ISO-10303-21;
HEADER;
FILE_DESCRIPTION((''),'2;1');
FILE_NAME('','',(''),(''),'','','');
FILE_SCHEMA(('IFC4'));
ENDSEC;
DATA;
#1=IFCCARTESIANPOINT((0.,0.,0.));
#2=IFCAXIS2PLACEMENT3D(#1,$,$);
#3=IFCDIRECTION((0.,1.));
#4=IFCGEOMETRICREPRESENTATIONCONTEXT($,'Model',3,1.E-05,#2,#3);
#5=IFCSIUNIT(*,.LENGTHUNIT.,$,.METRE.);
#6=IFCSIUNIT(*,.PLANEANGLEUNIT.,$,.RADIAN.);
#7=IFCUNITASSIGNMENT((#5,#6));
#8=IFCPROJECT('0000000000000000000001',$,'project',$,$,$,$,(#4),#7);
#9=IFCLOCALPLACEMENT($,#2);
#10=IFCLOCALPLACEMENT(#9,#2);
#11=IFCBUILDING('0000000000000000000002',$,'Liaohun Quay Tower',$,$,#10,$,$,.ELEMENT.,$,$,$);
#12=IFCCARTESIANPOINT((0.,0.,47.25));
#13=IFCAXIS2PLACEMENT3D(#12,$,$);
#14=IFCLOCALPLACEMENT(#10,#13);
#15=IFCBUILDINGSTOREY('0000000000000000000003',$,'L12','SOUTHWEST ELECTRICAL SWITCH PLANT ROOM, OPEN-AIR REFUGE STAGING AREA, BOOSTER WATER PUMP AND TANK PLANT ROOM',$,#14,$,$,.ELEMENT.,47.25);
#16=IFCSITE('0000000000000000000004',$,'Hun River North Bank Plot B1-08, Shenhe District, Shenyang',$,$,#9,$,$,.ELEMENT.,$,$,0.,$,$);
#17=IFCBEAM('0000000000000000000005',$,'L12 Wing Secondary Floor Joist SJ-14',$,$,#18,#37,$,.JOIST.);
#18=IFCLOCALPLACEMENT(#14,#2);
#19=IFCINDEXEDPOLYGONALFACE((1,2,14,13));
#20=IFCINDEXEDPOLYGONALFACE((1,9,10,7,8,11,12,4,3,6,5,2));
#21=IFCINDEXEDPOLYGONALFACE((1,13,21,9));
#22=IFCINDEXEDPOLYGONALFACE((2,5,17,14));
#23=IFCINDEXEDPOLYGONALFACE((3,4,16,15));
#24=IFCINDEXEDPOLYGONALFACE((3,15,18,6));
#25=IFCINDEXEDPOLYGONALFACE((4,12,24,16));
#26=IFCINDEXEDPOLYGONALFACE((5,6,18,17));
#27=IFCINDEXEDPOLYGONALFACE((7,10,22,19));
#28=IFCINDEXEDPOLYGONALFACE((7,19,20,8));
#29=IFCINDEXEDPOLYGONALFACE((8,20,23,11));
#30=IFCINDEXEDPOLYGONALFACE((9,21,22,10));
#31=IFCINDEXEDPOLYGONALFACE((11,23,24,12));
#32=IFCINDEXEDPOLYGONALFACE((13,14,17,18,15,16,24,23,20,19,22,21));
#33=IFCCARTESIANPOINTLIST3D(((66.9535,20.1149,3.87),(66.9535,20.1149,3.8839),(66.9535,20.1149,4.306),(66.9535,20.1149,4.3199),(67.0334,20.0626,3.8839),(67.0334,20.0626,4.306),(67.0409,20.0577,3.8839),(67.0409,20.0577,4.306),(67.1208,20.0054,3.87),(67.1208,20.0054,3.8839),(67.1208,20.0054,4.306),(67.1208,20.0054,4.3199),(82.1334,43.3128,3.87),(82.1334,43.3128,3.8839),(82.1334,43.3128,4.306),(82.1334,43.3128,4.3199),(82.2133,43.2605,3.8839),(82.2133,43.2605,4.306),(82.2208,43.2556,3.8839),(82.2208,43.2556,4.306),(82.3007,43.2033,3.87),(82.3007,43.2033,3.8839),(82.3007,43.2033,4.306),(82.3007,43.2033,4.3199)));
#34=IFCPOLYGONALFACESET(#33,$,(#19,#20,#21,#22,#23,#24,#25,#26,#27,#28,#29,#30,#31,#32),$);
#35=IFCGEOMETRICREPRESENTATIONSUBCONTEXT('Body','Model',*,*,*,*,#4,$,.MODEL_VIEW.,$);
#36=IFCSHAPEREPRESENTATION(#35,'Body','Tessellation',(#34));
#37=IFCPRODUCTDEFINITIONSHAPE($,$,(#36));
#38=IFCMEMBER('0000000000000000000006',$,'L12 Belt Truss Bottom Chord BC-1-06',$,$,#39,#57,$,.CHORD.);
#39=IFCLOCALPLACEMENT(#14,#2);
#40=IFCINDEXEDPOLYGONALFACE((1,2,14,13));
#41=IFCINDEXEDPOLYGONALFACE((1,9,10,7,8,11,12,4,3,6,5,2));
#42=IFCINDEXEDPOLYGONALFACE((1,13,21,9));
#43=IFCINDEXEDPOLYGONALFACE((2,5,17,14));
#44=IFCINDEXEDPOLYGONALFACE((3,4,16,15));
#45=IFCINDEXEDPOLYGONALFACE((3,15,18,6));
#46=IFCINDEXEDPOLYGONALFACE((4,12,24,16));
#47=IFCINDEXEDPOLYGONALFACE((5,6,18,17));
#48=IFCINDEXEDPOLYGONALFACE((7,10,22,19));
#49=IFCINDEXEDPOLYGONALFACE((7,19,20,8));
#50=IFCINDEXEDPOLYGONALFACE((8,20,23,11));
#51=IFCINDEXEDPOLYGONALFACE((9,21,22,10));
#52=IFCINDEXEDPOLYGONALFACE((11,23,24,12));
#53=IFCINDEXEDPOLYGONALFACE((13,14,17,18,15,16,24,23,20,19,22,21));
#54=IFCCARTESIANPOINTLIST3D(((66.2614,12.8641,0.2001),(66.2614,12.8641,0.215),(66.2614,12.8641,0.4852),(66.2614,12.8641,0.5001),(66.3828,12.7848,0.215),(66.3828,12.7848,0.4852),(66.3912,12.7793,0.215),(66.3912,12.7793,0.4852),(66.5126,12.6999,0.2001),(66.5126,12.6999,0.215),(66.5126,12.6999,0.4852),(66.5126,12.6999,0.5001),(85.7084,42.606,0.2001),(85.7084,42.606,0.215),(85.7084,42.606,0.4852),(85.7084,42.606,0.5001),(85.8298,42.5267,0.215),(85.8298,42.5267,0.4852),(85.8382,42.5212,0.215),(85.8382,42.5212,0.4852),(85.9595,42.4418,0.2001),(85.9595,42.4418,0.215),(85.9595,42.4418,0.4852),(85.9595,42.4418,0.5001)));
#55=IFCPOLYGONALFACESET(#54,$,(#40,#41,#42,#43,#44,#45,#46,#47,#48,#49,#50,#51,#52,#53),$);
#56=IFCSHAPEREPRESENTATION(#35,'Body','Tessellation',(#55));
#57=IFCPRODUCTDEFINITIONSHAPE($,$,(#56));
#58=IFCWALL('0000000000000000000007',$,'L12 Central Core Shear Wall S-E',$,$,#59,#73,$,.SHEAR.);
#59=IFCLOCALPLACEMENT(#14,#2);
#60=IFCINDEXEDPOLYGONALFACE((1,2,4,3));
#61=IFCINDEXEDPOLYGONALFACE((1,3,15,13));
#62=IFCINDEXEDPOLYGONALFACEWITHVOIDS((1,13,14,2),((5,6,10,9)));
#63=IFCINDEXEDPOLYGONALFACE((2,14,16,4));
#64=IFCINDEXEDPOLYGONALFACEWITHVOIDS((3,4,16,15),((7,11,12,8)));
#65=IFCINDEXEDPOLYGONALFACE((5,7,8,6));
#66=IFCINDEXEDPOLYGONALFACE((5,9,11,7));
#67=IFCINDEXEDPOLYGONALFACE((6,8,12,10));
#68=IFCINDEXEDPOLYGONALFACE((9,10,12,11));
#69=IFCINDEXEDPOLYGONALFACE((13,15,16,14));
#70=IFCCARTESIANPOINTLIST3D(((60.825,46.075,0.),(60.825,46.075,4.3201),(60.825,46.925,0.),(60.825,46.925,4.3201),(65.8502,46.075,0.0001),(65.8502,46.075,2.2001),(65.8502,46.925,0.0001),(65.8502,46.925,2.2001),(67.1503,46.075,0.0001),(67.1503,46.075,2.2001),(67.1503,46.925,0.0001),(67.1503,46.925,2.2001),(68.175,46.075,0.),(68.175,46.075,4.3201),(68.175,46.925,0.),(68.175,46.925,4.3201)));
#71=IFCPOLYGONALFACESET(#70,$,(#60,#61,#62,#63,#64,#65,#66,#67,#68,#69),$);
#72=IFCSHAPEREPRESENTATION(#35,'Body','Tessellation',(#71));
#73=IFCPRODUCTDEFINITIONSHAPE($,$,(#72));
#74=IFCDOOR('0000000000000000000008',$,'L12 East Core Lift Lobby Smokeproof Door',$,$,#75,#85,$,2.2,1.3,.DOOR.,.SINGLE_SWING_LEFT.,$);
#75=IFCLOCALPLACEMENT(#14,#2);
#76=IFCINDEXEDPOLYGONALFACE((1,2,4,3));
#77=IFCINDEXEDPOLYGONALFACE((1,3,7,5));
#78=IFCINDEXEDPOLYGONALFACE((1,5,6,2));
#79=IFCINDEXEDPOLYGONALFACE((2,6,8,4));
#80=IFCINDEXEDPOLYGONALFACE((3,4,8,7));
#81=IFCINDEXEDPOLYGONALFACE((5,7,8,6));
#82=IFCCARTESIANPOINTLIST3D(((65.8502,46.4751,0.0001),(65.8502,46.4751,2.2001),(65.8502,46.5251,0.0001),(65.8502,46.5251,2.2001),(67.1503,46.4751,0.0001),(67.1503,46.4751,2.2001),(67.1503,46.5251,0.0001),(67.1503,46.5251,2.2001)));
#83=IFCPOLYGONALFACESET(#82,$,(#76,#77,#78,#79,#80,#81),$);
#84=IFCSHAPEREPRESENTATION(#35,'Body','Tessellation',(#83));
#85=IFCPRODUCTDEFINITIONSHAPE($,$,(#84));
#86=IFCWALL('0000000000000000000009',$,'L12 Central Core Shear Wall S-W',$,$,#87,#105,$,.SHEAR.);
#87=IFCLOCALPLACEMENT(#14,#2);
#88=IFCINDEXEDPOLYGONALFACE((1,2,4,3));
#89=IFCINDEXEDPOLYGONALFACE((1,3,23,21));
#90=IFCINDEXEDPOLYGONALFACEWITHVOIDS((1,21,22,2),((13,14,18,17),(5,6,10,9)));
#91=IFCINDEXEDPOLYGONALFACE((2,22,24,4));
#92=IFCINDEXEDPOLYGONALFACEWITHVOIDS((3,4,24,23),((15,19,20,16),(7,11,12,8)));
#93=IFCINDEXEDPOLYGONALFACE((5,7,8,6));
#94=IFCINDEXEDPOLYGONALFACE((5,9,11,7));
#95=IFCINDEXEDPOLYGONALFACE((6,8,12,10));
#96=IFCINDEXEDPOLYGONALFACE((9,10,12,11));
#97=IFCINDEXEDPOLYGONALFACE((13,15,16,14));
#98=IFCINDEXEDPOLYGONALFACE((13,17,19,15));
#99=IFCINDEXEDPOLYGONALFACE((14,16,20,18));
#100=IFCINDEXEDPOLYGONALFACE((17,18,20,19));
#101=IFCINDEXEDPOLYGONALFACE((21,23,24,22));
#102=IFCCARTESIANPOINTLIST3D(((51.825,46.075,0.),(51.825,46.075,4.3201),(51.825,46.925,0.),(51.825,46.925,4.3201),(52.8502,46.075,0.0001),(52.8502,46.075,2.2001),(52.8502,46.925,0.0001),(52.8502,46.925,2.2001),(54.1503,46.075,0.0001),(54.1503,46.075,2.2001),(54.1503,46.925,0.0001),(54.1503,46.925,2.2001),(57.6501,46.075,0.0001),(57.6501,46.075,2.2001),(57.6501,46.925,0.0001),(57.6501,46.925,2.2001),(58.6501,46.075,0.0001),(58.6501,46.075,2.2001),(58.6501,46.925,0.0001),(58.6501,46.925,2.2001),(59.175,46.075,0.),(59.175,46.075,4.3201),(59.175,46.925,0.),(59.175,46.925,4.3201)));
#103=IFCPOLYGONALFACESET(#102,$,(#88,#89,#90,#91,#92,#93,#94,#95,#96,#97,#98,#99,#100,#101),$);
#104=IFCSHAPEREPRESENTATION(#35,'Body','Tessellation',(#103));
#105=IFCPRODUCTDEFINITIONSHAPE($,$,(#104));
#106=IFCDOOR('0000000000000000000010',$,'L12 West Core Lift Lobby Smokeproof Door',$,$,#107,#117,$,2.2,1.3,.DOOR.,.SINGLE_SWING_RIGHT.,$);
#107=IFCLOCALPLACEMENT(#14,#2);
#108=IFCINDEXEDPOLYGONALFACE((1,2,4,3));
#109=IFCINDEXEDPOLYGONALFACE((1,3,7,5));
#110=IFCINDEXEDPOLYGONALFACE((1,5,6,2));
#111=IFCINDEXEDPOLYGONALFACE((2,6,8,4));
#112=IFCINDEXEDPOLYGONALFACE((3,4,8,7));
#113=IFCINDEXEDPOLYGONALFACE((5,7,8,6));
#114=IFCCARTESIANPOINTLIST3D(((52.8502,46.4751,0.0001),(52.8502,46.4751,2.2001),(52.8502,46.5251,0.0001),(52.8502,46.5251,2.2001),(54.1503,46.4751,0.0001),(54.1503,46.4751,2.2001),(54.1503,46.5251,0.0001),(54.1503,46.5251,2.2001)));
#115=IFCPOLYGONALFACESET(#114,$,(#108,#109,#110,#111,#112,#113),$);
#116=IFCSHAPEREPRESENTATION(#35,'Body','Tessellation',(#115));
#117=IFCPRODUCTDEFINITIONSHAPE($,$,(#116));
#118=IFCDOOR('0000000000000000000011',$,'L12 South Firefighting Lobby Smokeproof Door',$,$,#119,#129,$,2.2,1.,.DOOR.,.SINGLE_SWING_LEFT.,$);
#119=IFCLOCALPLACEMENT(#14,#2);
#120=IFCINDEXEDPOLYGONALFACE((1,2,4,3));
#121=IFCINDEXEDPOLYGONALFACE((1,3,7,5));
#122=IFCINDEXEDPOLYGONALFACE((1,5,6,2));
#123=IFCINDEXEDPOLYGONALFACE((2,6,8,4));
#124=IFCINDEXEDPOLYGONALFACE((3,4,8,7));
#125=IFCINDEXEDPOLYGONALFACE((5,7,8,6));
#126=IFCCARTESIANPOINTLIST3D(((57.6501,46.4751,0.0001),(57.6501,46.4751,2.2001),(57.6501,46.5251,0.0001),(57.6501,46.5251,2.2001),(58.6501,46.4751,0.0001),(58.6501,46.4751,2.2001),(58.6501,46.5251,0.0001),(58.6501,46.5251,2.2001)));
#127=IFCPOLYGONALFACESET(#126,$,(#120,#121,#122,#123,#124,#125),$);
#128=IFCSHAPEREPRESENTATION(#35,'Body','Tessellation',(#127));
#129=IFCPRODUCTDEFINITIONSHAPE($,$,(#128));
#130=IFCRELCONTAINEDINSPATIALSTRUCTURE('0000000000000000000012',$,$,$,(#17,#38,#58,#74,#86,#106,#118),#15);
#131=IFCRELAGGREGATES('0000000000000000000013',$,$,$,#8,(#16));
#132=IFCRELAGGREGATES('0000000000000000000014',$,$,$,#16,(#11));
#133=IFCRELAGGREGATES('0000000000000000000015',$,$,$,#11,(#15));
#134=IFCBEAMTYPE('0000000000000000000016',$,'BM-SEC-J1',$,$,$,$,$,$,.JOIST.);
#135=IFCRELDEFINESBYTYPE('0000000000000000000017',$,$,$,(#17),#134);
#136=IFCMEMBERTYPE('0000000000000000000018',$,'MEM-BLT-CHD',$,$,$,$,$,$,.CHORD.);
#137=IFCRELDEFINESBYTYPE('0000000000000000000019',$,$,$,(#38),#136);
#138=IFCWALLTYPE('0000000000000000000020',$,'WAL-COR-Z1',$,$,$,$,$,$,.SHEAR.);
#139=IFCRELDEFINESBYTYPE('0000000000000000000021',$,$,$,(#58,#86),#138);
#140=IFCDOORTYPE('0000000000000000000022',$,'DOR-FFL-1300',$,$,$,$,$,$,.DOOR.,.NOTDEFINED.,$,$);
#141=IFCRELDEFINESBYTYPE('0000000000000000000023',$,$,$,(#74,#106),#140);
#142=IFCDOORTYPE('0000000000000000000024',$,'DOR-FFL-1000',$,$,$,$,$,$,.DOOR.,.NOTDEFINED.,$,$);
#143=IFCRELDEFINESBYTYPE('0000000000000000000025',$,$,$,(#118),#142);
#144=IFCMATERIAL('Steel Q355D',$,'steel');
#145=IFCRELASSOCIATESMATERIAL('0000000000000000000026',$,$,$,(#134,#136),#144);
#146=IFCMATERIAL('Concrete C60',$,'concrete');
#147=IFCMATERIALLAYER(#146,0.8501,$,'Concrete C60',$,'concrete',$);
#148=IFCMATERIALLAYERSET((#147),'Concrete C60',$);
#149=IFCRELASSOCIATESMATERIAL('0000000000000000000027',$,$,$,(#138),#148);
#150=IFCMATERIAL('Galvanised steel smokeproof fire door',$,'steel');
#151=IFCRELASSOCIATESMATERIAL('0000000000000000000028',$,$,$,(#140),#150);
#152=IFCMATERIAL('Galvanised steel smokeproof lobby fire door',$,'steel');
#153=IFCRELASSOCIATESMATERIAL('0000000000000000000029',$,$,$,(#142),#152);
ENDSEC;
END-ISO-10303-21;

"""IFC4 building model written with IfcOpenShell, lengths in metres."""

from ifc_helpers import new_model, si_unit, direction, frame, frame_2d, origin, origin_2d, place, context, subcontext, project, spatial, rectangle, i_section, extrude, source, transform, mapped, material, layer, layer_set, material_profile, profile_set, type_object, element, fill, save


model = new_model("IFC4")

# Units and contexts
model_context = context("Model", 3, precision=1e-05, world=origin(), true_north=direction((0.0, 1.0)))
body_context = subcontext(model_context, "Body", "Model", "MODEL_VIEW")
ifc_project = project(units=[si_unit("LENGTHUNIT", "METRE"), si_unit("PLANEANGLEUNIT", "RADIAN")], contexts=[model_context])

# Site, building, storey
site_placement = place(None, origin())
site = spatial("IfcSite", under=ifc_project, at=site_placement, Name="Hun River North Bank Plot B1-08, Shenhe District, Shenyang", CompositionType="ELEMENT", RefElevation=0.0)
building_placement = place(site_placement, origin())
building = spatial("IfcBuilding", under=site, at=building_placement, Name="Liaohun Quay Tower", CompositionType="ELEMENT")
storey_placement = place(building_placement, frame((0.0, 0.0, 47.25)))
storey = spatial("IfcBuildingStorey", under=building, at=storey_placement, Name="L12", Description="SOUTHWEST ELECTRICAL SWITCH PLANT ROOM, OPEN-AIR REFUGE STAGING AREA, BOOSTER WATER PUMP AND TANK PLANT ROOM", CompositionType="ELEMENT", Elevation=47.25)

# Shared definitions
ifc_material_1 = material(Name="Concrete C60", Category="concrete")

# Beam
ifc_material_2 = material(Name="Steel Q355D", Category="steel")
ifc_material_profile_1 = material_profile(ifc_material_2, i_section(OverallWidth=0.2, OverallDepth=0.45, WebThickness=0.009, FlangeThickness=0.0139, at=origin_2d()), Name="HN450x200x9x14")
ifc_profile_set_1 = profile_set([ifc_material_profile_1], Name="Steel Q355D")
beam_type_1 = type_object("IfcBeamType", Name="BM-SEC-J1", PredefinedType="JOIST", material=ifc_profile_set_1)
shared_shape_1 = source(origin(), body_context, "Body", "SweptSolid", [
    extrude(i_section(OverallWidth=0.2, OverallDepth=0.45, WebThickness=0.009, FlangeThickness=0.0139, at=origin_2d()), origin(), (0.0, 0.0, 1.0), 27.7231),
])
beam_1_placement = place(storey_placement, frame((82.217, 43.2581, 4.095), z_axis=(-0.547553, -0.836771, 0.0), x_axis=(0.836771, -0.547553, 0.0)))
element("IfcBeam", 1, at=beam_1_placement, inside=storey, type_object=beam_type_1, Name="L12 Wing Secondary Floor Joist SJ-14", PredefinedType="JOIST", context=body_context, shape_type="MappedRepresentation", body=[
    mapped(shared_shape_1, transform((0.0, 0.0, 0.0), x_axis=(1.0, 0.0, 0.0), y_axis=(0.0, 1.0, 0.0), z_axis=(0.0, 0.0, 1.0), scale=1.0)),
])

# Member
ifc_material_profile_2 = material_profile(ifc_material_2, i_section(OverallWidth=0.3, OverallDepth=0.3, WebThickness=0.01, FlangeThickness=0.0149, at=origin_2d()), Name="HW300x300x10x15")
ifc_profile_set_2 = profile_set([ifc_material_profile_2], Name="Steel Q355D")
member_type = type_object("IfcMemberType", Name="MEM-BLT-CHD", PredefinedType="CHORD", material=ifc_profile_set_2)
shared_shape_2 = source(origin(), body_context, "Body", "SweptSolid", [
    extrude(i_section(OverallWidth=0.3, OverallDepth=0.3, WebThickness=0.01, FlangeThickness=0.0149, at=origin_2d()), origin(), (0.0, 0.0, 1.0), 35.5354),
])
member_placement = place(storey_placement, frame((85.834, 42.5239, 0.3501), z_axis=(-0.547257, -0.836965, 0.0), x_axis=(0.836965, -0.547257, 0.0)))
element("IfcMember", 2, at=member_placement, inside=storey, type_object=member_type, Name="L12 Belt Truss Bottom Chord BC-1-06", PredefinedType="CHORD", context=body_context, shape_type="MappedRepresentation", body=[
    mapped(shared_shape_2, transform((0.0, 0.0, 0.0), x_axis=(1.0, 0.0, 0.0), y_axis=(0.0, 1.0, 0.0), z_axis=(0.0, 0.0, 1.0), scale=1.0)),
])

# Wall, opening, door
ifc_layer_1 = layer(ifc_material_1, 0.8501, Name="Concrete C60", Category="concrete")
ifc_layer_set_1 = layer_set([ifc_layer_1], Name="Concrete C60")
wall_type_1 = type_object("IfcWallType", Name="WAL-COR-Z1", PredefinedType="SHEAR", material=ifc_layer_set_1)
wall_1_placement = place(storey_placement, frame((68.175, 46.5, 0.0), z_axis=(0.0, 0.0, 1.0), x_axis=(-1.0, 0.0, 0.0)))
wall_1 = element("IfcWall", 3, at=wall_1_placement, inside=storey, type_object=wall_type_1, Name="L12 Central Core Shear Wall S-E", PredefinedType="SHEAR", context=body_context, shape_type="SweptSolid", body=[
    extrude(rectangle(XDim=7.3501, YDim=0.8501, at=frame_2d((3.675, 0.0))), origin(), (0.0, 0.0, 1.0), 4.3201),
])
shared_shape_3 = source(origin(), body_context, "Body", "SweptSolid", [
    extrude(rectangle(XDim=1.3, YDim=2.2, at=frame_2d((0.6499, 1.1001))), frame((0.0, 0.4351, 0.0), z_axis=(0.0, -1.0, 0.0), x_axis=(1.0, 0.0, 0.0)), (0.0, 0.0, 1.0), 0.8701),
])
opening_1_placement = place(wall_1_placement, frame((1.0249, 0.0, 0.0)))
opening_1 = element("IfcOpeningElement", 4, at=opening_1_placement, cuts=wall_1, PredefinedType="OPENING", context=body_context, shape_type="MappedRepresentation", body=[
    mapped(shared_shape_3, transform((0.0, 0.0, 0.0), x_axis=(1.0, 0.0, 0.0), y_axis=(0.0, 1.0, 0.0), z_axis=(0.0, 0.0, 1.0), scale=1.0)),
])
ifc_material_3 = material(Name="Galvanised steel smokeproof fire door", Category="steel")
door_type_1 = type_object("IfcDoorType", Name="DOR-FFL-1300", OperationType="NOTDEFINED", PredefinedType="DOOR", material=ifc_material_3)
shared_shape_4 = source(origin(), body_context, "Body", "SweptSolid", [
    extrude(rectangle(XDim=1.3, YDim=2.2, at=frame_2d((0.6499, 1.1001))), frame((0.0, 0.0249, 0.0), z_axis=(0.0, -1.0, 0.0), x_axis=(1.0, 0.0, 0.0)), (0.0, 0.0, 1.0), 0.05),
])
door_1_placement = place(opening_1_placement, origin())
door_1 = element("IfcDoor", 5, at=door_1_placement, inside=storey, type_object=door_type_1, Name="L12 East Core Lift Lobby Smokeproof Door", OperationType="SINGLE_SWING_LEFT", OverallHeight=2.2, OverallWidth=1.3, PredefinedType="DOOR", context=body_context, shape_type="MappedRepresentation", body=[
    mapped(shared_shape_4, transform((0.0, 0.0, 0.0), x_axis=(1.0, 0.0, 0.0), y_axis=(0.0, 1.0, 0.0), z_axis=(0.0, 0.0, 1.0), scale=1.0)),
])
fill(opening_1, door_1)

# Wall, openings, doors
wall_2_placement = place(storey_placement, frame((59.175, 46.5, 0.0), z_axis=(0.0, 0.0, 1.0), x_axis=(-1.0, 0.0, 0.0)))
wall_2 = element("IfcWall", 6, at=wall_2_placement, inside=storey, type_object=wall_type_1, Name="L12 Central Core Shear Wall S-W", PredefinedType="SHEAR", context=body_context, shape_type="SweptSolid", body=[
    extrude(rectangle(XDim=7.3501, YDim=0.8501, at=frame_2d((3.675, 0.0))), origin(), (0.0, 0.0, 1.0), 4.3201),
])
opening_2_placement = place(wall_2_placement, frame((5.0249, 0.0, 0.0)))
opening_2 = element("IfcOpeningElement", 7, at=opening_2_placement, cuts=wall_2, PredefinedType="OPENING", context=body_context, shape_type="MappedRepresentation", body=[
    mapped(shared_shape_3, transform((0.0, 0.0, 0.0), x_axis=(1.0, 0.0, 0.0), y_axis=(0.0, 1.0, 0.0), z_axis=(0.0, 0.0, 1.0), scale=1.0)),
])
shared_shape_5 = source(origin(), body_context, "Body", "SweptSolid", [
    extrude(rectangle(XDim=1.0, YDim=2.2, at=frame_2d((0.5, 1.1001))), frame((0.0, 0.4351, 0.0), z_axis=(0.0, -1.0, 0.0), x_axis=(1.0, 0.0, 0.0)), (0.0, 0.0, 1.0), 0.8701),
])
opening_3_placement = place(wall_2_placement, frame((0.5249, 0.0, 0.0)))
opening_3 = element("IfcOpeningElement", 8, at=opening_3_placement, cuts=wall_2, PredefinedType="OPENING", context=body_context, shape_type="MappedRepresentation", body=[
    mapped(shared_shape_5, transform((0.0, 0.0, 0.0), x_axis=(1.0, 0.0, 0.0), y_axis=(0.0, 1.0, 0.0), z_axis=(0.0, 0.0, 1.0), scale=1.0)),
])
door_2_placement = place(opening_2_placement, origin())
door_2 = element("IfcDoor", 9, at=door_2_placement, inside=storey, type_object=door_type_1, Name="L12 West Core Lift Lobby Smokeproof Door", OperationType="SINGLE_SWING_RIGHT", OverallHeight=2.2, OverallWidth=1.3, PredefinedType="DOOR", context=body_context, shape_type="MappedRepresentation", body=[
    mapped(shared_shape_4, transform((0.0, 0.0, 0.0), x_axis=(1.0, 0.0, 0.0), y_axis=(0.0, 1.0, 0.0), z_axis=(0.0, 0.0, 1.0), scale=1.0)),
])
fill(opening_2, door_2)
ifc_material_4 = material(Name="Galvanised steel smokeproof lobby fire door", Category="steel")
door_type_2 = type_object("IfcDoorType", Name="DOR-FFL-1000", OperationType="NOTDEFINED", PredefinedType="DOOR", material=ifc_material_4)
shared_shape_6 = source(origin(), body_context, "Body", "SweptSolid", [
    extrude(rectangle(XDim=1.0, YDim=2.2, at=frame_2d((0.5, 1.1001))), frame((0.0, 0.0249, 0.0), z_axis=(0.0, -1.0, 0.0), x_axis=(1.0, 0.0, 0.0)), (0.0, 0.0, 1.0), 0.05),
])
door_3_placement = place(opening_3_placement, origin())
door_3 = element("IfcDoor", 10, at=door_3_placement, inside=storey, type_object=door_type_2, Name="L12 South Firefighting Lobby Smokeproof Door", OperationType="SINGLE_SWING_LEFT", OverallHeight=2.2, OverallWidth=1.0, PredefinedType="DOOR", context=body_context, shape_type="MappedRepresentation", body=[
    mapped(shared_shape_6, transform((0.0, 0.0, 0.0), x_axis=(1.0, 0.0, 0.0), y_axis=(0.0, 1.0, 0.0), z_axis=(0.0, 0.0, 1.0), scale=1.0)),
])
fill(opening_3, door_3)

save(model, "model.ifc")
